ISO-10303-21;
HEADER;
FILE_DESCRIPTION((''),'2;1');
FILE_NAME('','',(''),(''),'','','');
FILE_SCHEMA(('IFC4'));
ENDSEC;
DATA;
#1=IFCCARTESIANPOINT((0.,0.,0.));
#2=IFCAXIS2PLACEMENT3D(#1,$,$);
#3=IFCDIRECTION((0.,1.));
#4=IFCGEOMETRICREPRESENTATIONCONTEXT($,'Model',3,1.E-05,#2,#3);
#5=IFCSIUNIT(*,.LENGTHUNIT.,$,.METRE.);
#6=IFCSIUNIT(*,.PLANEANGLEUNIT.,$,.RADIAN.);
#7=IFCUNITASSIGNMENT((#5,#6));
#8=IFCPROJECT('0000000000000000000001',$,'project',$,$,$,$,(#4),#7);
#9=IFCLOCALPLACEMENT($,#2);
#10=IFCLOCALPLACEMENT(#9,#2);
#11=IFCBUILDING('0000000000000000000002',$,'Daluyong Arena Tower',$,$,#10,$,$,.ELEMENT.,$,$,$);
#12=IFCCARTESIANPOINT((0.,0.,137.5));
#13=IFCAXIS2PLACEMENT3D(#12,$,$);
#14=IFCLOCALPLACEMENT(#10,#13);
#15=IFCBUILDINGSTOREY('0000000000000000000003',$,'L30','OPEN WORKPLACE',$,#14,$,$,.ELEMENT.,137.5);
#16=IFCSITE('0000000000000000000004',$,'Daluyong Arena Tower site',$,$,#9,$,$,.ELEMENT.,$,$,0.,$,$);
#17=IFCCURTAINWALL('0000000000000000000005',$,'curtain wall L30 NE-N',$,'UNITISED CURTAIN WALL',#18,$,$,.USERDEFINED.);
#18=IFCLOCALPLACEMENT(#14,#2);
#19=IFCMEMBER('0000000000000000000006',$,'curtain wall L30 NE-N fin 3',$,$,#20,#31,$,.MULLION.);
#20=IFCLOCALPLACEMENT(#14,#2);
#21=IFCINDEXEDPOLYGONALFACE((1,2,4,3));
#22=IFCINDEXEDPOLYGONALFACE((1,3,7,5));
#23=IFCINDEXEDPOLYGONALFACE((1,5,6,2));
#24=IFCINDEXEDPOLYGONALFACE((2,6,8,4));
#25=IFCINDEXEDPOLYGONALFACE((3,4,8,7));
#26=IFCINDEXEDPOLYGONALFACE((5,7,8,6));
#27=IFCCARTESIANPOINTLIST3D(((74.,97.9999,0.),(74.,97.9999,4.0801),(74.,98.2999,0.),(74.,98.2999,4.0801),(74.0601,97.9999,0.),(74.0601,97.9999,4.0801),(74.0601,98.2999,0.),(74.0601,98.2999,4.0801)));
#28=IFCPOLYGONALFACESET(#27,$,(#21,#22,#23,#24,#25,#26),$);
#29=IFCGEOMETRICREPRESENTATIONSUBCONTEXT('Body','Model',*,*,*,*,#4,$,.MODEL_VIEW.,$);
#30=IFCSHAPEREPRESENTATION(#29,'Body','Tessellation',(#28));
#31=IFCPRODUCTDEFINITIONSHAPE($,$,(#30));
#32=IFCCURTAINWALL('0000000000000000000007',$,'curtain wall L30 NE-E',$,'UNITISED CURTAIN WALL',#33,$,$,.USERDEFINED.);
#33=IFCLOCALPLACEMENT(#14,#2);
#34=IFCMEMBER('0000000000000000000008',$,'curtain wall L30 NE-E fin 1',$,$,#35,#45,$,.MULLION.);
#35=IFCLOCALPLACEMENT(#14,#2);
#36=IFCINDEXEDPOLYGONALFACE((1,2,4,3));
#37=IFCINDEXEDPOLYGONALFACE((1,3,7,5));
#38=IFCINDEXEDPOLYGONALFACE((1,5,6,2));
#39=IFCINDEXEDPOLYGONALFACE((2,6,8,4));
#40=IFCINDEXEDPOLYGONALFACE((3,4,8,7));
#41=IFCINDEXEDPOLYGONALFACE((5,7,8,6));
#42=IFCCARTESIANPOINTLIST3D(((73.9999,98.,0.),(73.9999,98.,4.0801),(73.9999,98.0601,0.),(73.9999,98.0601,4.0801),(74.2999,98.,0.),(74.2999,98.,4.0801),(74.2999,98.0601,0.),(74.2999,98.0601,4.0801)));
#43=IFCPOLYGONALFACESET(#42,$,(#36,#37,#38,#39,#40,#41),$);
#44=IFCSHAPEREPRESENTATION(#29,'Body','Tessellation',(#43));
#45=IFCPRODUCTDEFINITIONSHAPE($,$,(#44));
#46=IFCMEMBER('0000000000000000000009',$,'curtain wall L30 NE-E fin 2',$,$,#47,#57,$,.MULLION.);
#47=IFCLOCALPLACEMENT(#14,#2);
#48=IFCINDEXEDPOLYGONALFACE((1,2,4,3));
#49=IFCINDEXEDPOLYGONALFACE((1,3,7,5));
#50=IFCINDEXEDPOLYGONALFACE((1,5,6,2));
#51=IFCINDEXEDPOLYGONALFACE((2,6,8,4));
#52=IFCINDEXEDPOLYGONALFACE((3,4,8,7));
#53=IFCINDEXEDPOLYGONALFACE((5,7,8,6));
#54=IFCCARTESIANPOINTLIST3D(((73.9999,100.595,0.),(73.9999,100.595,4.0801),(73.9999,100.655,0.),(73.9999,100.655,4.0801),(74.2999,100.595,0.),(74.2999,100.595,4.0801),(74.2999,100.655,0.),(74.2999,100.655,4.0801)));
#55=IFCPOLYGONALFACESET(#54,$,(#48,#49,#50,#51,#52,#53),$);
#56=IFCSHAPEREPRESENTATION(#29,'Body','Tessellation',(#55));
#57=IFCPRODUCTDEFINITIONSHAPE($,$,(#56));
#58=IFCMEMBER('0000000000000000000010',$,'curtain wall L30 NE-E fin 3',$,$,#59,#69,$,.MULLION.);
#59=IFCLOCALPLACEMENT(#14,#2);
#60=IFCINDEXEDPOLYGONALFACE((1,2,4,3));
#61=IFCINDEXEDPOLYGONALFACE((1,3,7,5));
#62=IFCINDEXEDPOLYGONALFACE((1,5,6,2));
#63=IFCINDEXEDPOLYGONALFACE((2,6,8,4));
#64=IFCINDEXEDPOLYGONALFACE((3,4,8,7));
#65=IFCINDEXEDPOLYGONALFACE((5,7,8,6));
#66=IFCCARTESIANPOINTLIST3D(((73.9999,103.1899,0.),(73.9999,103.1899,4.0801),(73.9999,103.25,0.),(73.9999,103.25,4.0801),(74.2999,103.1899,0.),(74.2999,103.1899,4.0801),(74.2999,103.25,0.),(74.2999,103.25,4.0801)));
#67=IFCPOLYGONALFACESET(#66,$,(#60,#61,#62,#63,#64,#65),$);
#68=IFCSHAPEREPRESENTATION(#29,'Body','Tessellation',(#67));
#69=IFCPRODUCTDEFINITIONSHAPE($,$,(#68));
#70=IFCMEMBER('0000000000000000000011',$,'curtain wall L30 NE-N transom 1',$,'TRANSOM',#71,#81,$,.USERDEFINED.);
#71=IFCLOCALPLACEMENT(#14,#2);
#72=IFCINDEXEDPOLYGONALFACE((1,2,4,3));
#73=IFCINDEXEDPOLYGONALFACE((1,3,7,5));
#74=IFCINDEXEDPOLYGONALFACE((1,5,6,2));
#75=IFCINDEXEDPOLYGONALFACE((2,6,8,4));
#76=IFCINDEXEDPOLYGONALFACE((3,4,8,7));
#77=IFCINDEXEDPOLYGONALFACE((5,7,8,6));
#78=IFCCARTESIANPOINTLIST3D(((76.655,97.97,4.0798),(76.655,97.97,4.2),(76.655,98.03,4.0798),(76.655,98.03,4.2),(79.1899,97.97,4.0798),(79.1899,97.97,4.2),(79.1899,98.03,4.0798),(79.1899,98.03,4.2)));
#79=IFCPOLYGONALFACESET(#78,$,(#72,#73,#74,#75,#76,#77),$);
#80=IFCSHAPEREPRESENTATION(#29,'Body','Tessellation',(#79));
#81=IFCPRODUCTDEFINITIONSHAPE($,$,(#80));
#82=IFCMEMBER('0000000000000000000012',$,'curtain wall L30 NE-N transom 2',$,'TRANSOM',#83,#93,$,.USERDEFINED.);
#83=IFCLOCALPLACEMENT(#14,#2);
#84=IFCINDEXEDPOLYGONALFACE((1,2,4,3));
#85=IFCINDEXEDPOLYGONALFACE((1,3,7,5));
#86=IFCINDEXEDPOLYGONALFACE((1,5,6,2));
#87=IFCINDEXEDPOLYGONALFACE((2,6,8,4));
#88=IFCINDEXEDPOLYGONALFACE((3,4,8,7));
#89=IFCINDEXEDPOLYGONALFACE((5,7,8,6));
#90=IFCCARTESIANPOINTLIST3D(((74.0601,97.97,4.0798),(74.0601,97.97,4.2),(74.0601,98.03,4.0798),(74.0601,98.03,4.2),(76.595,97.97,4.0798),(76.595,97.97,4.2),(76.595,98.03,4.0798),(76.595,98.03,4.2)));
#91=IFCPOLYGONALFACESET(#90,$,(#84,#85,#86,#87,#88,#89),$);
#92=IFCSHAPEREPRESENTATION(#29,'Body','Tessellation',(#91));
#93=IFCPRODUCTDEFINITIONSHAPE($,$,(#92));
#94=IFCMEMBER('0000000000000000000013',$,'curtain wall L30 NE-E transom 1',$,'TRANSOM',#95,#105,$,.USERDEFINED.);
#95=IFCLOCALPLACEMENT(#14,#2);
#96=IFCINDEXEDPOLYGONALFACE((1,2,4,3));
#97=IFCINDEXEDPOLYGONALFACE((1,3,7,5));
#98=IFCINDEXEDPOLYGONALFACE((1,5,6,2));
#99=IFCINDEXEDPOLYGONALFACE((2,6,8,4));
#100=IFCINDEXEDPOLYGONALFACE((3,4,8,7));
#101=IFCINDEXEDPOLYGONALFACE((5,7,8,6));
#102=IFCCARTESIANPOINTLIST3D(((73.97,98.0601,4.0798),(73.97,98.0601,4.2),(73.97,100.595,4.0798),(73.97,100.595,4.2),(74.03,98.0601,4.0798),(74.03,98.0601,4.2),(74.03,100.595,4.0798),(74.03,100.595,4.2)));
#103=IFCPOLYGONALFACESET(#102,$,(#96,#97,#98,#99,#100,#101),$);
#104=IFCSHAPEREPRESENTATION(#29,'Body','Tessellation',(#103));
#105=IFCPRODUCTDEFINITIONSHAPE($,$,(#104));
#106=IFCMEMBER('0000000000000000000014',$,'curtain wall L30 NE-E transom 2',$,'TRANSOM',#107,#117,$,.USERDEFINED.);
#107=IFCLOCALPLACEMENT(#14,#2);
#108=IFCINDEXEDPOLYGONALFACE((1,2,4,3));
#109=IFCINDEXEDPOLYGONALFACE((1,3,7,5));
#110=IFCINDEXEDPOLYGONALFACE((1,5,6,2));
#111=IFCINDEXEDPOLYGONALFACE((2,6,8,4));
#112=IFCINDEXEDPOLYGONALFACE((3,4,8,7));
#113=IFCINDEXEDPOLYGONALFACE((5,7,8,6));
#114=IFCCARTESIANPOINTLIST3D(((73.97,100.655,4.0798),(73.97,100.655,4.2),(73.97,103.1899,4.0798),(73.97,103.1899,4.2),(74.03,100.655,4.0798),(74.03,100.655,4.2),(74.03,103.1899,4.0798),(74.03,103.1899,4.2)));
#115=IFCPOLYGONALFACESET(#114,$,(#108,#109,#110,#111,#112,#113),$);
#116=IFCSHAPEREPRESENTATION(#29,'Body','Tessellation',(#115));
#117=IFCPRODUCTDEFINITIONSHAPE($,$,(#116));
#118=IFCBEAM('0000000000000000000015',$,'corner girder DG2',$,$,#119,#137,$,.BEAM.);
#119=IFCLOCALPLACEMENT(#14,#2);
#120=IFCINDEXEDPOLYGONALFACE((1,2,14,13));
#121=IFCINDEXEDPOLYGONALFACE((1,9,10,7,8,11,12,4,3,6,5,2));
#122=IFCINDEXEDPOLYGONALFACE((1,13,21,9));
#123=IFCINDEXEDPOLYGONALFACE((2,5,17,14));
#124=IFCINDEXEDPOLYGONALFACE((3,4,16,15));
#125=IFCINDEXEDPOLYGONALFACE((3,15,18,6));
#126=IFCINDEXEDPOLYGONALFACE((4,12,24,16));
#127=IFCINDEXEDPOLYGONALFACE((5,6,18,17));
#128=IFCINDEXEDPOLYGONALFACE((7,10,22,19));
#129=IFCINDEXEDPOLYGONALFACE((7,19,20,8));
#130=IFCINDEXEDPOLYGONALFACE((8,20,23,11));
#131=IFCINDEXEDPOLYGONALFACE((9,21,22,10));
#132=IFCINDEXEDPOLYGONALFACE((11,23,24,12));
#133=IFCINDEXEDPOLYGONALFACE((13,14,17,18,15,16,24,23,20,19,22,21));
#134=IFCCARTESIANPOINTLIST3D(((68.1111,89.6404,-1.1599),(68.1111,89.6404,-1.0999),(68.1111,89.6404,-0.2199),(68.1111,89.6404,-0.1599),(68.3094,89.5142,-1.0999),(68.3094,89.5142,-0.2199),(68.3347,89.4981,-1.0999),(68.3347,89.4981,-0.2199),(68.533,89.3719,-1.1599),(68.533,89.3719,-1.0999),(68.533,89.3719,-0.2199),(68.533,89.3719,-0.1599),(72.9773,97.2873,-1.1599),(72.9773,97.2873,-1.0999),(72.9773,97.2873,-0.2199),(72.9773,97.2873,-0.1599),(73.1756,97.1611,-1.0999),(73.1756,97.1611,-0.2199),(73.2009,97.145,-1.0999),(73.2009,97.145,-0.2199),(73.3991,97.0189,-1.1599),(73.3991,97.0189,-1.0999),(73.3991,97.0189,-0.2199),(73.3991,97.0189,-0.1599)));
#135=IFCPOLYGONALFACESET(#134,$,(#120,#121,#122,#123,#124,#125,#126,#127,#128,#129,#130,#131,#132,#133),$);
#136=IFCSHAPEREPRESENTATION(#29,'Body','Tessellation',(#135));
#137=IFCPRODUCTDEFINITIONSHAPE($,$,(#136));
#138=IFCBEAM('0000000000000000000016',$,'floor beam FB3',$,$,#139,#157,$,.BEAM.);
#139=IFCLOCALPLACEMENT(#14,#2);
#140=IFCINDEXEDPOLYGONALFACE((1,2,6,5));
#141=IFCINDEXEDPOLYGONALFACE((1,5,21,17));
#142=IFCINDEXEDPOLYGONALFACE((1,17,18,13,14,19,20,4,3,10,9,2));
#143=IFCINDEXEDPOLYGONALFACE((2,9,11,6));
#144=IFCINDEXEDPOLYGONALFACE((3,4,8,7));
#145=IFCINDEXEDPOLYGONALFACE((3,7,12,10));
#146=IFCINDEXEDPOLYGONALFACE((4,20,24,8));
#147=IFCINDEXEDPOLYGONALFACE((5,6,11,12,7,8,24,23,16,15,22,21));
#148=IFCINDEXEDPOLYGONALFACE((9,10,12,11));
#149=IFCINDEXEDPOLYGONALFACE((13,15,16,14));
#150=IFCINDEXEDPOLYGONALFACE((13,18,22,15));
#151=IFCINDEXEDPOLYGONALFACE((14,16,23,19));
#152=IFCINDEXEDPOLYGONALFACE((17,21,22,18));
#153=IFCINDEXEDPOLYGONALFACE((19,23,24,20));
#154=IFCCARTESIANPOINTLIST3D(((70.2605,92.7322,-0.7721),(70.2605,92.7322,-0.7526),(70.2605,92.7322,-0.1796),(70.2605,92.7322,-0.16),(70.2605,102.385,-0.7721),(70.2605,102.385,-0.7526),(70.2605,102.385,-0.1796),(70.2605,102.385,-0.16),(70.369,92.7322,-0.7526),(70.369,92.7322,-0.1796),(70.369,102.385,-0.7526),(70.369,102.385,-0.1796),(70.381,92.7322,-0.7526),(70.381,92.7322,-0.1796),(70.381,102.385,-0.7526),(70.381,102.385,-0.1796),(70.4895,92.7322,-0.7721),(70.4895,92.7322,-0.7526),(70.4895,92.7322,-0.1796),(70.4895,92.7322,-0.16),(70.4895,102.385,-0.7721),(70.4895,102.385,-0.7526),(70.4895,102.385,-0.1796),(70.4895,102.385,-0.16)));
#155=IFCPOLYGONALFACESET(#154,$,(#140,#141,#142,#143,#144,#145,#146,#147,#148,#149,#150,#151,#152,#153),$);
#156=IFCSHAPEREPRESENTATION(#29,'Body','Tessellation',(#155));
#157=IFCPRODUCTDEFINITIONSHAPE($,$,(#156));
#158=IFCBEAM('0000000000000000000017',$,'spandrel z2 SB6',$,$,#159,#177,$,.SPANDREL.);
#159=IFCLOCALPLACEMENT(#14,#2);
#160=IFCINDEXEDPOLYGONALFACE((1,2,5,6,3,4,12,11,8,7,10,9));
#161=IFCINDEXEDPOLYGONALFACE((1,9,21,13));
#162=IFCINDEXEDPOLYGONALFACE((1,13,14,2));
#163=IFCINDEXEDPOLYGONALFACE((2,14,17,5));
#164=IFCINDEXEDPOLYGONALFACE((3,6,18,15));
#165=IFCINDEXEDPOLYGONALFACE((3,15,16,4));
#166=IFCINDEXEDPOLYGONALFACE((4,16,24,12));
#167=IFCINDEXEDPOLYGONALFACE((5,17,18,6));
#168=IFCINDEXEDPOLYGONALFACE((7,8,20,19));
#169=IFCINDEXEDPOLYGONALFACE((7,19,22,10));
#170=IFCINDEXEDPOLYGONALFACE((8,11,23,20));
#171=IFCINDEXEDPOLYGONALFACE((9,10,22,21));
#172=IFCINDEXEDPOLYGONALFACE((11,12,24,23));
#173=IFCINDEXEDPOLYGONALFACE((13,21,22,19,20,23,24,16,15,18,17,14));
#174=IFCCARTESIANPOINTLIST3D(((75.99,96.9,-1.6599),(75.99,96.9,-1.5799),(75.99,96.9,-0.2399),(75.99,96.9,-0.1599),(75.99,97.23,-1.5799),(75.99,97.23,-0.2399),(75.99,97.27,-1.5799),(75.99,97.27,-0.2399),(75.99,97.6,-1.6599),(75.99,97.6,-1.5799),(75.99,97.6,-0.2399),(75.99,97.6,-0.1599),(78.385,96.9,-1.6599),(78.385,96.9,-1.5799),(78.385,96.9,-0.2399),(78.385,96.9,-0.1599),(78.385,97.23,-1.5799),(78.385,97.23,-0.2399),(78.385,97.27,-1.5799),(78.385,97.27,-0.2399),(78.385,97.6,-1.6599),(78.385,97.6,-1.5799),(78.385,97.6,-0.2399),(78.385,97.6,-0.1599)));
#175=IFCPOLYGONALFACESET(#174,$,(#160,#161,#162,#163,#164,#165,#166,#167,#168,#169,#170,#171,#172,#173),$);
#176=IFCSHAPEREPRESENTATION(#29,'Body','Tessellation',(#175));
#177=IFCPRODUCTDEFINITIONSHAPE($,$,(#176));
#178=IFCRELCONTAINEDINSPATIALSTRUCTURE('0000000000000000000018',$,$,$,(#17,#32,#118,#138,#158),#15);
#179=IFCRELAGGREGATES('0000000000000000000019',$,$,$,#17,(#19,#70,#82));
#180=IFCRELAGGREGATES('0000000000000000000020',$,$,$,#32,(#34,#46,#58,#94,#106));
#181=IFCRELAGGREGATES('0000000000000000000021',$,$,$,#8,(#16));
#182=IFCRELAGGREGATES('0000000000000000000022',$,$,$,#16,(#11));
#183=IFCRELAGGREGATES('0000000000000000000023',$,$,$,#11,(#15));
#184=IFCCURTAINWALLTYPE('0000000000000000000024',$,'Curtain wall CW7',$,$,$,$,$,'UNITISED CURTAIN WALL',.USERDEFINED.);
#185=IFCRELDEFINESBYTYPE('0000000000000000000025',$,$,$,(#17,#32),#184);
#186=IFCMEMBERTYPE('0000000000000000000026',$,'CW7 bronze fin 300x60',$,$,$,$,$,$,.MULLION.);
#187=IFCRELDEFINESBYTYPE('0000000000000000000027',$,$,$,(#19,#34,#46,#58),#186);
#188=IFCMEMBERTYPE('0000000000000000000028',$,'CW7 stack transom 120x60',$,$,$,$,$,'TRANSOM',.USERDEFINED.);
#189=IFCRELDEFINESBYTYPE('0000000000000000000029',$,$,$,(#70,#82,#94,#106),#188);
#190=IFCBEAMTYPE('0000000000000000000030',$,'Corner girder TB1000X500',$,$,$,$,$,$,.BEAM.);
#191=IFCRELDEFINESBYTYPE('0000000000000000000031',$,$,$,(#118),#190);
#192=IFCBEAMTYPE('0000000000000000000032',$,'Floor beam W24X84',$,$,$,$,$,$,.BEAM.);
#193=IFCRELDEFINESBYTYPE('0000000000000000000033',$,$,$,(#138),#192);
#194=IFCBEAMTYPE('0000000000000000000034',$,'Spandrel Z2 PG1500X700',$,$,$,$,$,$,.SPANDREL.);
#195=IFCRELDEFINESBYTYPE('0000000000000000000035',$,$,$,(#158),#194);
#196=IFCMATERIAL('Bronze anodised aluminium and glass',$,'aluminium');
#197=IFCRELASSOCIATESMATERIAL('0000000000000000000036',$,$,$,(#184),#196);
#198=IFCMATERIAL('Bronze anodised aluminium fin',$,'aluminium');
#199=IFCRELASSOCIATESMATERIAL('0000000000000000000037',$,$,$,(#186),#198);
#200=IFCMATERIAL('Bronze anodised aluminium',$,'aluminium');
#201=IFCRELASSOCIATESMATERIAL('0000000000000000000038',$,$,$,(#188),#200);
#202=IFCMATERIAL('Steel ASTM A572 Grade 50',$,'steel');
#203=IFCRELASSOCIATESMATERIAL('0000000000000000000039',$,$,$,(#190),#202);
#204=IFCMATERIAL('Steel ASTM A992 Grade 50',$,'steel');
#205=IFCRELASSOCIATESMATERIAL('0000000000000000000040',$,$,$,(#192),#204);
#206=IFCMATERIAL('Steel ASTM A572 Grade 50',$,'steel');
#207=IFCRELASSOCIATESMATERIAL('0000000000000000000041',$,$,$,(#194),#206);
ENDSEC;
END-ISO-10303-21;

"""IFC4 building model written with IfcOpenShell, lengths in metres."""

from ifc_helpers import new_model, si_unit, direction, frame, origin, origin_2d, place, context, subcontext, project, spatial, rectangle, i_section, extrude, material, material_profile, profile_set, type_object, element, aggregate, save


model = new_model("IFC4")

# Units and contexts
model_context = context("Model", 3, precision=1e-05, world=origin(), true_north=direction((0.0, 1.0)))
body_context = subcontext(model_context, "Body", "Model", "MODEL_VIEW")
ifc_project = project(units=[si_unit("LENGTHUNIT", "METRE"), si_unit("PLANEANGLEUNIT", "RADIAN")], contexts=[model_context])

# Site, building, storey
site_placement = place(None, origin())
site = spatial("IfcSite", under=ifc_project, at=site_placement, Name="Daluyong Arena Tower site", CompositionType="ELEMENT", RefElevation=0.0)
building_placement = place(site_placement, origin())
building = spatial("IfcBuilding", under=site, at=building_placement, Name="Daluyong Arena Tower", CompositionType="ELEMENT")
storey_placement = place(building_placement, frame((0.0, 0.0, 137.5)))
storey = spatial("IfcBuildingStorey", under=building, at=storey_placement, Name="L30", Description="OPEN WORKPLACE", CompositionType="ELEMENT", Elevation=137.5)

# Curtain walls, members
ifc_material_1 = material(Name="Bronze anodised aluminium and glass", Category="aluminium")
curtain_wall_type_1 = type_object("IfcCurtainWallType", Name="Curtain wall CW7", ElementType="UNITISED CURTAIN WALL", PredefinedType="USERDEFINED", material=ifc_material_1)
curtain_wall_1_placement = place(storey_placement, origin())
curtain_wall_1 = element("IfcCurtainWall", 1, at=curtain_wall_1_placement, inside=storey, type_object=curtain_wall_type_1, Name="curtain wall L30 NE-N", ObjectType="UNITISED CURTAIN WALL", PredefinedType="USERDEFINED")
ifc_material_2 = material(Name="Bronze anodised aluminium fin", Category="aluminium")
ifc_material_profile_1 = material_profile(ifc_material_2, rectangle(XDim=0.3, YDim=0.0601, at=origin_2d()))
ifc_profile_set_1 = profile_set([ifc_material_profile_1], Name="Bronze anodised aluminium fin")
member_type_1 = type_object("IfcMemberType", Name="CW7 bronze fin 300x60", PredefinedType="MULLION", material=ifc_profile_set_1)
member_1_placement = place(storey_placement, frame((74.03, 98.1499, 0.0), z_axis=(0.0, 0.0, 1.0), x_axis=(0.0, -1.0, 0.0)))
member_1 = element("IfcMember", 2, at=member_1_placement, type_object=member_type_1, Name="curtain wall L30 NE-N fin 3", PredefinedType="MULLION", context=body_context, shape_type="SweptSolid", body=[
    extrude(rectangle(XDim=0.3, YDim=0.0601, at=origin_2d()), origin(), (0.0, 0.0, 1.0), 4.0801),
])
curtain_wall_2_placement = place(storey_placement, origin())
curtain_wall_2 = element("IfcCurtainWall", 3, at=curtain_wall_2_placement, inside=storey, type_object=curtain_wall_type_1, Name="curtain wall L30 NE-E", ObjectType="UNITISED CURTAIN WALL", PredefinedType="USERDEFINED")
member_2_placement = place(storey_placement, frame((74.1499, 98.03, 0.0), z_axis=(0.0, 0.0, 1.0), x_axis=(-1.0, 0.0, 0.0)))
member_2 = element("IfcMember", 4, at=member_2_placement, type_object=member_type_1, Name="curtain wall L30 NE-E fin 1", PredefinedType="MULLION", context=body_context, shape_type="SweptSolid", body=[
    extrude(rectangle(XDim=0.3, YDim=0.0601, at=origin_2d()), origin(), (0.0, 0.0, 1.0), 4.0801),
])
member_3_placement = place(storey_placement, frame((74.1499, 100.625, 0.0), z_axis=(0.0, 0.0, 1.0), x_axis=(-1.0, 0.0, 0.0)))
member_3 = element("IfcMember", 5, at=member_3_placement, type_object=member_type_1, Name="curtain wall L30 NE-E fin 2", PredefinedType="MULLION", context=body_context, shape_type="SweptSolid", body=[
    extrude(rectangle(XDim=0.3, YDim=0.0601, at=origin_2d()), origin(), (0.0, 0.0, 1.0), 4.0801),
])
member_4_placement = place(storey_placement, frame((74.1499, 103.22, 0.0), z_axis=(0.0, 0.0, 1.0), x_axis=(-1.0, 0.0, 0.0)))
member_4 = element("IfcMember", 6, at=member_4_placement, type_object=member_type_1, Name="curtain wall L30 NE-E fin 3", PredefinedType="MULLION", context=body_context, shape_type="SweptSolid", body=[
    extrude(rectangle(XDim=0.3, YDim=0.0601, at=origin_2d()), origin(), (0.0, 0.0, 1.0), 4.0801),
])

# Members
ifc_material_3 = material(Name="Bronze anodised aluminium", Category="aluminium")
ifc_material_profile_2 = material_profile(ifc_material_3, rectangle(XDim=0.0601, YDim=0.1201, at=origin_2d()))
ifc_profile_set_2 = profile_set([ifc_material_profile_2], Name="Bronze anodised aluminium")
member_type_2 = type_object("IfcMemberType", Name="CW7 stack transom 120x60", ElementType="TRANSOM", PredefinedType="USERDEFINED", material=ifc_profile_set_2)
member_5_placement = place(storey_placement, frame((79.1899, 98.0, 4.1399), z_axis=(-1.0, 0.0, 0.0), x_axis=(0.0, -1.0, 0.0)))
member_5 = element("IfcMember", 7, at=member_5_placement, type_object=member_type_2, Name="curtain wall L30 NE-N transom 1", ObjectType="TRANSOM", PredefinedType="USERDEFINED", context=body_context, shape_type="SweptSolid", body=[
    extrude(rectangle(XDim=0.0601, YDim=0.1201, at=origin_2d()), origin(), (0.0, 0.0, 1.0), 2.5349),
])
member_6_placement = place(storey_placement, frame((76.595, 98.0, 4.1399), z_axis=(-1.0, 0.0, 0.0), x_axis=(0.0, -1.0, 0.0)))
member_6 = element("IfcMember", 8, at=member_6_placement, type_object=member_type_2, Name="curtain wall L30 NE-N transom 2", ObjectType="TRANSOM", PredefinedType="USERDEFINED", context=body_context, shape_type="SweptSolid", body=[
    extrude(rectangle(XDim=0.0601, YDim=0.1201, at=origin_2d()), origin(), (0.0, 0.0, 1.0), 2.5349),
])
member_7_placement = place(storey_placement, frame((74.0, 98.0601, 4.1399), z_axis=(0.0, 1.0, 0.0), x_axis=(-1.0, 0.0, 0.0)))
member_7 = element("IfcMember", 9, at=member_7_placement, type_object=member_type_2, Name="curtain wall L30 NE-E transom 1", ObjectType="TRANSOM", PredefinedType="USERDEFINED", context=body_context, shape_type="SweptSolid", body=[
    extrude(rectangle(XDim=0.0601, YDim=0.1201, at=origin_2d()), origin(), (0.0, 0.0, 1.0), 2.5349),
])
member_8_placement = place(storey_placement, frame((74.0, 100.655, 4.1399), z_axis=(0.0, 1.0, 0.0), x_axis=(-1.0, 0.0, 0.0)))
member_8 = element("IfcMember", 10, at=member_8_placement, type_object=member_type_2, Name="curtain wall L30 NE-E transom 2", ObjectType="TRANSOM", PredefinedType="USERDEFINED", context=body_context, shape_type="SweptSolid", body=[
    extrude(rectangle(XDim=0.0601, YDim=0.1201, at=origin_2d()), origin(), (0.0, 0.0, 1.0), 2.5349),
])

# Beams
ifc_material_4 = material(Name="Steel ASTM A572 Grade 50", Category="steel")
ifc_material_profile_3 = material_profile(ifc_material_4, i_section(OverallWidth=0.5, OverallDepth=1.0, WebThickness=0.03, FlangeThickness=0.06, at=origin_2d()))
ifc_profile_set_3 = profile_set([ifc_material_profile_3], Name="Steel ASTM A572 Grade 50")
beam_type_1 = type_object("IfcBeamType", Name="Corner girder TB1000X500", PredefinedType="BEAM", material=ifc_profile_set_3)
beam_1_placement = place(storey_placement, frame((73.1882, 97.1531, -0.6599), z_axis=(-0.536872, -0.843664, 0.0), x_axis=(0.843664, -0.536872, 0.0)))
element("IfcBeam", 11, at=beam_1_placement, inside=storey, type_object=beam_type_1, Name="corner girder DG2", PredefinedType="BEAM", context=body_context, shape_type="SweptSolid", body=[
    extrude(i_section(OverallWidth=0.5, OverallDepth=1.0, WebThickness=0.03, FlangeThickness=0.06, at=origin_2d()), origin(), (0.0, 0.0, 1.0), 9.064),
])
ifc_material_5 = material(Name="Steel ASTM A992 Grade 50", Category="steel")
ifc_material_profile_4 = material_profile(ifc_material_5, i_section(OverallWidth=0.229, OverallDepth=0.6121, WebThickness=0.012, FlangeThickness=0.0195, at=origin_2d()))
ifc_profile_set_4 = profile_set([ifc_material_profile_4], Name="Steel ASTM A992 Grade 50")
beam_type_2 = type_object("IfcBeamType", Name="Floor beam W24X84", PredefinedType="BEAM", material=ifc_profile_set_4)
beam_2_placement = place(storey_placement, frame((70.375, 102.385, -0.4661), z_axis=(0.0, -1.0, 0.0), x_axis=(1.0, 0.0, 0.0)))
element("IfcBeam", 12, at=beam_2_placement, inside=storey, type_object=beam_type_2, Name="floor beam FB3", PredefinedType="BEAM", context=body_context, shape_type="SweptSolid", body=[
    extrude(i_section(OverallWidth=0.229, OverallDepth=0.6121, WebThickness=0.012, FlangeThickness=0.0195, at=origin_2d()), origin(), (0.0, 0.0, 1.0), 9.6528),
])
ifc_material_6 = material(Name="Steel ASTM A572 Grade 50", Category="steel")
ifc_material_profile_5 = material_profile(ifc_material_6, i_section(OverallWidth=0.7, OverallDepth=1.5, WebThickness=0.04, FlangeThickness=0.08, at=origin_2d()))
ifc_profile_set_5 = profile_set([ifc_material_profile_5], Name="Steel ASTM A572 Grade 50")
beam_type_3 = type_object("IfcBeamType", Name="Spandrel Z2 PG1500X700", PredefinedType="SPANDREL", material=ifc_profile_set_5)
for number, where, z_axis, x_axis, name in (
    (13, (78.385, 97.25, -0.9099), (-1.0, 0.0, 0.0), (0.0, -1.0, 0.0), "spandrel z2 SB6"),
):
    element("IfcBeam", number, at=place(storey_placement, frame(where, z_axis=z_axis, x_axis=x_axis)), inside=storey, type_object=beam_type_3, Name=name, PredefinedType="SPANDREL", context=body_context, shape_type="SweptSolid", body=[
        extrude(i_section(OverallWidth=0.7, OverallDepth=1.5, WebThickness=0.04, FlangeThickness=0.08, at=origin_2d()), origin(), (0.0, 0.0, 1.0), 2.395),
    ])

aggregate(curtain_wall_1, [member_1, member_5, member_6])
aggregate(curtain_wall_2, [member_2, member_3, member_4, member_7, member_8])

save(model, "model.ifc")
